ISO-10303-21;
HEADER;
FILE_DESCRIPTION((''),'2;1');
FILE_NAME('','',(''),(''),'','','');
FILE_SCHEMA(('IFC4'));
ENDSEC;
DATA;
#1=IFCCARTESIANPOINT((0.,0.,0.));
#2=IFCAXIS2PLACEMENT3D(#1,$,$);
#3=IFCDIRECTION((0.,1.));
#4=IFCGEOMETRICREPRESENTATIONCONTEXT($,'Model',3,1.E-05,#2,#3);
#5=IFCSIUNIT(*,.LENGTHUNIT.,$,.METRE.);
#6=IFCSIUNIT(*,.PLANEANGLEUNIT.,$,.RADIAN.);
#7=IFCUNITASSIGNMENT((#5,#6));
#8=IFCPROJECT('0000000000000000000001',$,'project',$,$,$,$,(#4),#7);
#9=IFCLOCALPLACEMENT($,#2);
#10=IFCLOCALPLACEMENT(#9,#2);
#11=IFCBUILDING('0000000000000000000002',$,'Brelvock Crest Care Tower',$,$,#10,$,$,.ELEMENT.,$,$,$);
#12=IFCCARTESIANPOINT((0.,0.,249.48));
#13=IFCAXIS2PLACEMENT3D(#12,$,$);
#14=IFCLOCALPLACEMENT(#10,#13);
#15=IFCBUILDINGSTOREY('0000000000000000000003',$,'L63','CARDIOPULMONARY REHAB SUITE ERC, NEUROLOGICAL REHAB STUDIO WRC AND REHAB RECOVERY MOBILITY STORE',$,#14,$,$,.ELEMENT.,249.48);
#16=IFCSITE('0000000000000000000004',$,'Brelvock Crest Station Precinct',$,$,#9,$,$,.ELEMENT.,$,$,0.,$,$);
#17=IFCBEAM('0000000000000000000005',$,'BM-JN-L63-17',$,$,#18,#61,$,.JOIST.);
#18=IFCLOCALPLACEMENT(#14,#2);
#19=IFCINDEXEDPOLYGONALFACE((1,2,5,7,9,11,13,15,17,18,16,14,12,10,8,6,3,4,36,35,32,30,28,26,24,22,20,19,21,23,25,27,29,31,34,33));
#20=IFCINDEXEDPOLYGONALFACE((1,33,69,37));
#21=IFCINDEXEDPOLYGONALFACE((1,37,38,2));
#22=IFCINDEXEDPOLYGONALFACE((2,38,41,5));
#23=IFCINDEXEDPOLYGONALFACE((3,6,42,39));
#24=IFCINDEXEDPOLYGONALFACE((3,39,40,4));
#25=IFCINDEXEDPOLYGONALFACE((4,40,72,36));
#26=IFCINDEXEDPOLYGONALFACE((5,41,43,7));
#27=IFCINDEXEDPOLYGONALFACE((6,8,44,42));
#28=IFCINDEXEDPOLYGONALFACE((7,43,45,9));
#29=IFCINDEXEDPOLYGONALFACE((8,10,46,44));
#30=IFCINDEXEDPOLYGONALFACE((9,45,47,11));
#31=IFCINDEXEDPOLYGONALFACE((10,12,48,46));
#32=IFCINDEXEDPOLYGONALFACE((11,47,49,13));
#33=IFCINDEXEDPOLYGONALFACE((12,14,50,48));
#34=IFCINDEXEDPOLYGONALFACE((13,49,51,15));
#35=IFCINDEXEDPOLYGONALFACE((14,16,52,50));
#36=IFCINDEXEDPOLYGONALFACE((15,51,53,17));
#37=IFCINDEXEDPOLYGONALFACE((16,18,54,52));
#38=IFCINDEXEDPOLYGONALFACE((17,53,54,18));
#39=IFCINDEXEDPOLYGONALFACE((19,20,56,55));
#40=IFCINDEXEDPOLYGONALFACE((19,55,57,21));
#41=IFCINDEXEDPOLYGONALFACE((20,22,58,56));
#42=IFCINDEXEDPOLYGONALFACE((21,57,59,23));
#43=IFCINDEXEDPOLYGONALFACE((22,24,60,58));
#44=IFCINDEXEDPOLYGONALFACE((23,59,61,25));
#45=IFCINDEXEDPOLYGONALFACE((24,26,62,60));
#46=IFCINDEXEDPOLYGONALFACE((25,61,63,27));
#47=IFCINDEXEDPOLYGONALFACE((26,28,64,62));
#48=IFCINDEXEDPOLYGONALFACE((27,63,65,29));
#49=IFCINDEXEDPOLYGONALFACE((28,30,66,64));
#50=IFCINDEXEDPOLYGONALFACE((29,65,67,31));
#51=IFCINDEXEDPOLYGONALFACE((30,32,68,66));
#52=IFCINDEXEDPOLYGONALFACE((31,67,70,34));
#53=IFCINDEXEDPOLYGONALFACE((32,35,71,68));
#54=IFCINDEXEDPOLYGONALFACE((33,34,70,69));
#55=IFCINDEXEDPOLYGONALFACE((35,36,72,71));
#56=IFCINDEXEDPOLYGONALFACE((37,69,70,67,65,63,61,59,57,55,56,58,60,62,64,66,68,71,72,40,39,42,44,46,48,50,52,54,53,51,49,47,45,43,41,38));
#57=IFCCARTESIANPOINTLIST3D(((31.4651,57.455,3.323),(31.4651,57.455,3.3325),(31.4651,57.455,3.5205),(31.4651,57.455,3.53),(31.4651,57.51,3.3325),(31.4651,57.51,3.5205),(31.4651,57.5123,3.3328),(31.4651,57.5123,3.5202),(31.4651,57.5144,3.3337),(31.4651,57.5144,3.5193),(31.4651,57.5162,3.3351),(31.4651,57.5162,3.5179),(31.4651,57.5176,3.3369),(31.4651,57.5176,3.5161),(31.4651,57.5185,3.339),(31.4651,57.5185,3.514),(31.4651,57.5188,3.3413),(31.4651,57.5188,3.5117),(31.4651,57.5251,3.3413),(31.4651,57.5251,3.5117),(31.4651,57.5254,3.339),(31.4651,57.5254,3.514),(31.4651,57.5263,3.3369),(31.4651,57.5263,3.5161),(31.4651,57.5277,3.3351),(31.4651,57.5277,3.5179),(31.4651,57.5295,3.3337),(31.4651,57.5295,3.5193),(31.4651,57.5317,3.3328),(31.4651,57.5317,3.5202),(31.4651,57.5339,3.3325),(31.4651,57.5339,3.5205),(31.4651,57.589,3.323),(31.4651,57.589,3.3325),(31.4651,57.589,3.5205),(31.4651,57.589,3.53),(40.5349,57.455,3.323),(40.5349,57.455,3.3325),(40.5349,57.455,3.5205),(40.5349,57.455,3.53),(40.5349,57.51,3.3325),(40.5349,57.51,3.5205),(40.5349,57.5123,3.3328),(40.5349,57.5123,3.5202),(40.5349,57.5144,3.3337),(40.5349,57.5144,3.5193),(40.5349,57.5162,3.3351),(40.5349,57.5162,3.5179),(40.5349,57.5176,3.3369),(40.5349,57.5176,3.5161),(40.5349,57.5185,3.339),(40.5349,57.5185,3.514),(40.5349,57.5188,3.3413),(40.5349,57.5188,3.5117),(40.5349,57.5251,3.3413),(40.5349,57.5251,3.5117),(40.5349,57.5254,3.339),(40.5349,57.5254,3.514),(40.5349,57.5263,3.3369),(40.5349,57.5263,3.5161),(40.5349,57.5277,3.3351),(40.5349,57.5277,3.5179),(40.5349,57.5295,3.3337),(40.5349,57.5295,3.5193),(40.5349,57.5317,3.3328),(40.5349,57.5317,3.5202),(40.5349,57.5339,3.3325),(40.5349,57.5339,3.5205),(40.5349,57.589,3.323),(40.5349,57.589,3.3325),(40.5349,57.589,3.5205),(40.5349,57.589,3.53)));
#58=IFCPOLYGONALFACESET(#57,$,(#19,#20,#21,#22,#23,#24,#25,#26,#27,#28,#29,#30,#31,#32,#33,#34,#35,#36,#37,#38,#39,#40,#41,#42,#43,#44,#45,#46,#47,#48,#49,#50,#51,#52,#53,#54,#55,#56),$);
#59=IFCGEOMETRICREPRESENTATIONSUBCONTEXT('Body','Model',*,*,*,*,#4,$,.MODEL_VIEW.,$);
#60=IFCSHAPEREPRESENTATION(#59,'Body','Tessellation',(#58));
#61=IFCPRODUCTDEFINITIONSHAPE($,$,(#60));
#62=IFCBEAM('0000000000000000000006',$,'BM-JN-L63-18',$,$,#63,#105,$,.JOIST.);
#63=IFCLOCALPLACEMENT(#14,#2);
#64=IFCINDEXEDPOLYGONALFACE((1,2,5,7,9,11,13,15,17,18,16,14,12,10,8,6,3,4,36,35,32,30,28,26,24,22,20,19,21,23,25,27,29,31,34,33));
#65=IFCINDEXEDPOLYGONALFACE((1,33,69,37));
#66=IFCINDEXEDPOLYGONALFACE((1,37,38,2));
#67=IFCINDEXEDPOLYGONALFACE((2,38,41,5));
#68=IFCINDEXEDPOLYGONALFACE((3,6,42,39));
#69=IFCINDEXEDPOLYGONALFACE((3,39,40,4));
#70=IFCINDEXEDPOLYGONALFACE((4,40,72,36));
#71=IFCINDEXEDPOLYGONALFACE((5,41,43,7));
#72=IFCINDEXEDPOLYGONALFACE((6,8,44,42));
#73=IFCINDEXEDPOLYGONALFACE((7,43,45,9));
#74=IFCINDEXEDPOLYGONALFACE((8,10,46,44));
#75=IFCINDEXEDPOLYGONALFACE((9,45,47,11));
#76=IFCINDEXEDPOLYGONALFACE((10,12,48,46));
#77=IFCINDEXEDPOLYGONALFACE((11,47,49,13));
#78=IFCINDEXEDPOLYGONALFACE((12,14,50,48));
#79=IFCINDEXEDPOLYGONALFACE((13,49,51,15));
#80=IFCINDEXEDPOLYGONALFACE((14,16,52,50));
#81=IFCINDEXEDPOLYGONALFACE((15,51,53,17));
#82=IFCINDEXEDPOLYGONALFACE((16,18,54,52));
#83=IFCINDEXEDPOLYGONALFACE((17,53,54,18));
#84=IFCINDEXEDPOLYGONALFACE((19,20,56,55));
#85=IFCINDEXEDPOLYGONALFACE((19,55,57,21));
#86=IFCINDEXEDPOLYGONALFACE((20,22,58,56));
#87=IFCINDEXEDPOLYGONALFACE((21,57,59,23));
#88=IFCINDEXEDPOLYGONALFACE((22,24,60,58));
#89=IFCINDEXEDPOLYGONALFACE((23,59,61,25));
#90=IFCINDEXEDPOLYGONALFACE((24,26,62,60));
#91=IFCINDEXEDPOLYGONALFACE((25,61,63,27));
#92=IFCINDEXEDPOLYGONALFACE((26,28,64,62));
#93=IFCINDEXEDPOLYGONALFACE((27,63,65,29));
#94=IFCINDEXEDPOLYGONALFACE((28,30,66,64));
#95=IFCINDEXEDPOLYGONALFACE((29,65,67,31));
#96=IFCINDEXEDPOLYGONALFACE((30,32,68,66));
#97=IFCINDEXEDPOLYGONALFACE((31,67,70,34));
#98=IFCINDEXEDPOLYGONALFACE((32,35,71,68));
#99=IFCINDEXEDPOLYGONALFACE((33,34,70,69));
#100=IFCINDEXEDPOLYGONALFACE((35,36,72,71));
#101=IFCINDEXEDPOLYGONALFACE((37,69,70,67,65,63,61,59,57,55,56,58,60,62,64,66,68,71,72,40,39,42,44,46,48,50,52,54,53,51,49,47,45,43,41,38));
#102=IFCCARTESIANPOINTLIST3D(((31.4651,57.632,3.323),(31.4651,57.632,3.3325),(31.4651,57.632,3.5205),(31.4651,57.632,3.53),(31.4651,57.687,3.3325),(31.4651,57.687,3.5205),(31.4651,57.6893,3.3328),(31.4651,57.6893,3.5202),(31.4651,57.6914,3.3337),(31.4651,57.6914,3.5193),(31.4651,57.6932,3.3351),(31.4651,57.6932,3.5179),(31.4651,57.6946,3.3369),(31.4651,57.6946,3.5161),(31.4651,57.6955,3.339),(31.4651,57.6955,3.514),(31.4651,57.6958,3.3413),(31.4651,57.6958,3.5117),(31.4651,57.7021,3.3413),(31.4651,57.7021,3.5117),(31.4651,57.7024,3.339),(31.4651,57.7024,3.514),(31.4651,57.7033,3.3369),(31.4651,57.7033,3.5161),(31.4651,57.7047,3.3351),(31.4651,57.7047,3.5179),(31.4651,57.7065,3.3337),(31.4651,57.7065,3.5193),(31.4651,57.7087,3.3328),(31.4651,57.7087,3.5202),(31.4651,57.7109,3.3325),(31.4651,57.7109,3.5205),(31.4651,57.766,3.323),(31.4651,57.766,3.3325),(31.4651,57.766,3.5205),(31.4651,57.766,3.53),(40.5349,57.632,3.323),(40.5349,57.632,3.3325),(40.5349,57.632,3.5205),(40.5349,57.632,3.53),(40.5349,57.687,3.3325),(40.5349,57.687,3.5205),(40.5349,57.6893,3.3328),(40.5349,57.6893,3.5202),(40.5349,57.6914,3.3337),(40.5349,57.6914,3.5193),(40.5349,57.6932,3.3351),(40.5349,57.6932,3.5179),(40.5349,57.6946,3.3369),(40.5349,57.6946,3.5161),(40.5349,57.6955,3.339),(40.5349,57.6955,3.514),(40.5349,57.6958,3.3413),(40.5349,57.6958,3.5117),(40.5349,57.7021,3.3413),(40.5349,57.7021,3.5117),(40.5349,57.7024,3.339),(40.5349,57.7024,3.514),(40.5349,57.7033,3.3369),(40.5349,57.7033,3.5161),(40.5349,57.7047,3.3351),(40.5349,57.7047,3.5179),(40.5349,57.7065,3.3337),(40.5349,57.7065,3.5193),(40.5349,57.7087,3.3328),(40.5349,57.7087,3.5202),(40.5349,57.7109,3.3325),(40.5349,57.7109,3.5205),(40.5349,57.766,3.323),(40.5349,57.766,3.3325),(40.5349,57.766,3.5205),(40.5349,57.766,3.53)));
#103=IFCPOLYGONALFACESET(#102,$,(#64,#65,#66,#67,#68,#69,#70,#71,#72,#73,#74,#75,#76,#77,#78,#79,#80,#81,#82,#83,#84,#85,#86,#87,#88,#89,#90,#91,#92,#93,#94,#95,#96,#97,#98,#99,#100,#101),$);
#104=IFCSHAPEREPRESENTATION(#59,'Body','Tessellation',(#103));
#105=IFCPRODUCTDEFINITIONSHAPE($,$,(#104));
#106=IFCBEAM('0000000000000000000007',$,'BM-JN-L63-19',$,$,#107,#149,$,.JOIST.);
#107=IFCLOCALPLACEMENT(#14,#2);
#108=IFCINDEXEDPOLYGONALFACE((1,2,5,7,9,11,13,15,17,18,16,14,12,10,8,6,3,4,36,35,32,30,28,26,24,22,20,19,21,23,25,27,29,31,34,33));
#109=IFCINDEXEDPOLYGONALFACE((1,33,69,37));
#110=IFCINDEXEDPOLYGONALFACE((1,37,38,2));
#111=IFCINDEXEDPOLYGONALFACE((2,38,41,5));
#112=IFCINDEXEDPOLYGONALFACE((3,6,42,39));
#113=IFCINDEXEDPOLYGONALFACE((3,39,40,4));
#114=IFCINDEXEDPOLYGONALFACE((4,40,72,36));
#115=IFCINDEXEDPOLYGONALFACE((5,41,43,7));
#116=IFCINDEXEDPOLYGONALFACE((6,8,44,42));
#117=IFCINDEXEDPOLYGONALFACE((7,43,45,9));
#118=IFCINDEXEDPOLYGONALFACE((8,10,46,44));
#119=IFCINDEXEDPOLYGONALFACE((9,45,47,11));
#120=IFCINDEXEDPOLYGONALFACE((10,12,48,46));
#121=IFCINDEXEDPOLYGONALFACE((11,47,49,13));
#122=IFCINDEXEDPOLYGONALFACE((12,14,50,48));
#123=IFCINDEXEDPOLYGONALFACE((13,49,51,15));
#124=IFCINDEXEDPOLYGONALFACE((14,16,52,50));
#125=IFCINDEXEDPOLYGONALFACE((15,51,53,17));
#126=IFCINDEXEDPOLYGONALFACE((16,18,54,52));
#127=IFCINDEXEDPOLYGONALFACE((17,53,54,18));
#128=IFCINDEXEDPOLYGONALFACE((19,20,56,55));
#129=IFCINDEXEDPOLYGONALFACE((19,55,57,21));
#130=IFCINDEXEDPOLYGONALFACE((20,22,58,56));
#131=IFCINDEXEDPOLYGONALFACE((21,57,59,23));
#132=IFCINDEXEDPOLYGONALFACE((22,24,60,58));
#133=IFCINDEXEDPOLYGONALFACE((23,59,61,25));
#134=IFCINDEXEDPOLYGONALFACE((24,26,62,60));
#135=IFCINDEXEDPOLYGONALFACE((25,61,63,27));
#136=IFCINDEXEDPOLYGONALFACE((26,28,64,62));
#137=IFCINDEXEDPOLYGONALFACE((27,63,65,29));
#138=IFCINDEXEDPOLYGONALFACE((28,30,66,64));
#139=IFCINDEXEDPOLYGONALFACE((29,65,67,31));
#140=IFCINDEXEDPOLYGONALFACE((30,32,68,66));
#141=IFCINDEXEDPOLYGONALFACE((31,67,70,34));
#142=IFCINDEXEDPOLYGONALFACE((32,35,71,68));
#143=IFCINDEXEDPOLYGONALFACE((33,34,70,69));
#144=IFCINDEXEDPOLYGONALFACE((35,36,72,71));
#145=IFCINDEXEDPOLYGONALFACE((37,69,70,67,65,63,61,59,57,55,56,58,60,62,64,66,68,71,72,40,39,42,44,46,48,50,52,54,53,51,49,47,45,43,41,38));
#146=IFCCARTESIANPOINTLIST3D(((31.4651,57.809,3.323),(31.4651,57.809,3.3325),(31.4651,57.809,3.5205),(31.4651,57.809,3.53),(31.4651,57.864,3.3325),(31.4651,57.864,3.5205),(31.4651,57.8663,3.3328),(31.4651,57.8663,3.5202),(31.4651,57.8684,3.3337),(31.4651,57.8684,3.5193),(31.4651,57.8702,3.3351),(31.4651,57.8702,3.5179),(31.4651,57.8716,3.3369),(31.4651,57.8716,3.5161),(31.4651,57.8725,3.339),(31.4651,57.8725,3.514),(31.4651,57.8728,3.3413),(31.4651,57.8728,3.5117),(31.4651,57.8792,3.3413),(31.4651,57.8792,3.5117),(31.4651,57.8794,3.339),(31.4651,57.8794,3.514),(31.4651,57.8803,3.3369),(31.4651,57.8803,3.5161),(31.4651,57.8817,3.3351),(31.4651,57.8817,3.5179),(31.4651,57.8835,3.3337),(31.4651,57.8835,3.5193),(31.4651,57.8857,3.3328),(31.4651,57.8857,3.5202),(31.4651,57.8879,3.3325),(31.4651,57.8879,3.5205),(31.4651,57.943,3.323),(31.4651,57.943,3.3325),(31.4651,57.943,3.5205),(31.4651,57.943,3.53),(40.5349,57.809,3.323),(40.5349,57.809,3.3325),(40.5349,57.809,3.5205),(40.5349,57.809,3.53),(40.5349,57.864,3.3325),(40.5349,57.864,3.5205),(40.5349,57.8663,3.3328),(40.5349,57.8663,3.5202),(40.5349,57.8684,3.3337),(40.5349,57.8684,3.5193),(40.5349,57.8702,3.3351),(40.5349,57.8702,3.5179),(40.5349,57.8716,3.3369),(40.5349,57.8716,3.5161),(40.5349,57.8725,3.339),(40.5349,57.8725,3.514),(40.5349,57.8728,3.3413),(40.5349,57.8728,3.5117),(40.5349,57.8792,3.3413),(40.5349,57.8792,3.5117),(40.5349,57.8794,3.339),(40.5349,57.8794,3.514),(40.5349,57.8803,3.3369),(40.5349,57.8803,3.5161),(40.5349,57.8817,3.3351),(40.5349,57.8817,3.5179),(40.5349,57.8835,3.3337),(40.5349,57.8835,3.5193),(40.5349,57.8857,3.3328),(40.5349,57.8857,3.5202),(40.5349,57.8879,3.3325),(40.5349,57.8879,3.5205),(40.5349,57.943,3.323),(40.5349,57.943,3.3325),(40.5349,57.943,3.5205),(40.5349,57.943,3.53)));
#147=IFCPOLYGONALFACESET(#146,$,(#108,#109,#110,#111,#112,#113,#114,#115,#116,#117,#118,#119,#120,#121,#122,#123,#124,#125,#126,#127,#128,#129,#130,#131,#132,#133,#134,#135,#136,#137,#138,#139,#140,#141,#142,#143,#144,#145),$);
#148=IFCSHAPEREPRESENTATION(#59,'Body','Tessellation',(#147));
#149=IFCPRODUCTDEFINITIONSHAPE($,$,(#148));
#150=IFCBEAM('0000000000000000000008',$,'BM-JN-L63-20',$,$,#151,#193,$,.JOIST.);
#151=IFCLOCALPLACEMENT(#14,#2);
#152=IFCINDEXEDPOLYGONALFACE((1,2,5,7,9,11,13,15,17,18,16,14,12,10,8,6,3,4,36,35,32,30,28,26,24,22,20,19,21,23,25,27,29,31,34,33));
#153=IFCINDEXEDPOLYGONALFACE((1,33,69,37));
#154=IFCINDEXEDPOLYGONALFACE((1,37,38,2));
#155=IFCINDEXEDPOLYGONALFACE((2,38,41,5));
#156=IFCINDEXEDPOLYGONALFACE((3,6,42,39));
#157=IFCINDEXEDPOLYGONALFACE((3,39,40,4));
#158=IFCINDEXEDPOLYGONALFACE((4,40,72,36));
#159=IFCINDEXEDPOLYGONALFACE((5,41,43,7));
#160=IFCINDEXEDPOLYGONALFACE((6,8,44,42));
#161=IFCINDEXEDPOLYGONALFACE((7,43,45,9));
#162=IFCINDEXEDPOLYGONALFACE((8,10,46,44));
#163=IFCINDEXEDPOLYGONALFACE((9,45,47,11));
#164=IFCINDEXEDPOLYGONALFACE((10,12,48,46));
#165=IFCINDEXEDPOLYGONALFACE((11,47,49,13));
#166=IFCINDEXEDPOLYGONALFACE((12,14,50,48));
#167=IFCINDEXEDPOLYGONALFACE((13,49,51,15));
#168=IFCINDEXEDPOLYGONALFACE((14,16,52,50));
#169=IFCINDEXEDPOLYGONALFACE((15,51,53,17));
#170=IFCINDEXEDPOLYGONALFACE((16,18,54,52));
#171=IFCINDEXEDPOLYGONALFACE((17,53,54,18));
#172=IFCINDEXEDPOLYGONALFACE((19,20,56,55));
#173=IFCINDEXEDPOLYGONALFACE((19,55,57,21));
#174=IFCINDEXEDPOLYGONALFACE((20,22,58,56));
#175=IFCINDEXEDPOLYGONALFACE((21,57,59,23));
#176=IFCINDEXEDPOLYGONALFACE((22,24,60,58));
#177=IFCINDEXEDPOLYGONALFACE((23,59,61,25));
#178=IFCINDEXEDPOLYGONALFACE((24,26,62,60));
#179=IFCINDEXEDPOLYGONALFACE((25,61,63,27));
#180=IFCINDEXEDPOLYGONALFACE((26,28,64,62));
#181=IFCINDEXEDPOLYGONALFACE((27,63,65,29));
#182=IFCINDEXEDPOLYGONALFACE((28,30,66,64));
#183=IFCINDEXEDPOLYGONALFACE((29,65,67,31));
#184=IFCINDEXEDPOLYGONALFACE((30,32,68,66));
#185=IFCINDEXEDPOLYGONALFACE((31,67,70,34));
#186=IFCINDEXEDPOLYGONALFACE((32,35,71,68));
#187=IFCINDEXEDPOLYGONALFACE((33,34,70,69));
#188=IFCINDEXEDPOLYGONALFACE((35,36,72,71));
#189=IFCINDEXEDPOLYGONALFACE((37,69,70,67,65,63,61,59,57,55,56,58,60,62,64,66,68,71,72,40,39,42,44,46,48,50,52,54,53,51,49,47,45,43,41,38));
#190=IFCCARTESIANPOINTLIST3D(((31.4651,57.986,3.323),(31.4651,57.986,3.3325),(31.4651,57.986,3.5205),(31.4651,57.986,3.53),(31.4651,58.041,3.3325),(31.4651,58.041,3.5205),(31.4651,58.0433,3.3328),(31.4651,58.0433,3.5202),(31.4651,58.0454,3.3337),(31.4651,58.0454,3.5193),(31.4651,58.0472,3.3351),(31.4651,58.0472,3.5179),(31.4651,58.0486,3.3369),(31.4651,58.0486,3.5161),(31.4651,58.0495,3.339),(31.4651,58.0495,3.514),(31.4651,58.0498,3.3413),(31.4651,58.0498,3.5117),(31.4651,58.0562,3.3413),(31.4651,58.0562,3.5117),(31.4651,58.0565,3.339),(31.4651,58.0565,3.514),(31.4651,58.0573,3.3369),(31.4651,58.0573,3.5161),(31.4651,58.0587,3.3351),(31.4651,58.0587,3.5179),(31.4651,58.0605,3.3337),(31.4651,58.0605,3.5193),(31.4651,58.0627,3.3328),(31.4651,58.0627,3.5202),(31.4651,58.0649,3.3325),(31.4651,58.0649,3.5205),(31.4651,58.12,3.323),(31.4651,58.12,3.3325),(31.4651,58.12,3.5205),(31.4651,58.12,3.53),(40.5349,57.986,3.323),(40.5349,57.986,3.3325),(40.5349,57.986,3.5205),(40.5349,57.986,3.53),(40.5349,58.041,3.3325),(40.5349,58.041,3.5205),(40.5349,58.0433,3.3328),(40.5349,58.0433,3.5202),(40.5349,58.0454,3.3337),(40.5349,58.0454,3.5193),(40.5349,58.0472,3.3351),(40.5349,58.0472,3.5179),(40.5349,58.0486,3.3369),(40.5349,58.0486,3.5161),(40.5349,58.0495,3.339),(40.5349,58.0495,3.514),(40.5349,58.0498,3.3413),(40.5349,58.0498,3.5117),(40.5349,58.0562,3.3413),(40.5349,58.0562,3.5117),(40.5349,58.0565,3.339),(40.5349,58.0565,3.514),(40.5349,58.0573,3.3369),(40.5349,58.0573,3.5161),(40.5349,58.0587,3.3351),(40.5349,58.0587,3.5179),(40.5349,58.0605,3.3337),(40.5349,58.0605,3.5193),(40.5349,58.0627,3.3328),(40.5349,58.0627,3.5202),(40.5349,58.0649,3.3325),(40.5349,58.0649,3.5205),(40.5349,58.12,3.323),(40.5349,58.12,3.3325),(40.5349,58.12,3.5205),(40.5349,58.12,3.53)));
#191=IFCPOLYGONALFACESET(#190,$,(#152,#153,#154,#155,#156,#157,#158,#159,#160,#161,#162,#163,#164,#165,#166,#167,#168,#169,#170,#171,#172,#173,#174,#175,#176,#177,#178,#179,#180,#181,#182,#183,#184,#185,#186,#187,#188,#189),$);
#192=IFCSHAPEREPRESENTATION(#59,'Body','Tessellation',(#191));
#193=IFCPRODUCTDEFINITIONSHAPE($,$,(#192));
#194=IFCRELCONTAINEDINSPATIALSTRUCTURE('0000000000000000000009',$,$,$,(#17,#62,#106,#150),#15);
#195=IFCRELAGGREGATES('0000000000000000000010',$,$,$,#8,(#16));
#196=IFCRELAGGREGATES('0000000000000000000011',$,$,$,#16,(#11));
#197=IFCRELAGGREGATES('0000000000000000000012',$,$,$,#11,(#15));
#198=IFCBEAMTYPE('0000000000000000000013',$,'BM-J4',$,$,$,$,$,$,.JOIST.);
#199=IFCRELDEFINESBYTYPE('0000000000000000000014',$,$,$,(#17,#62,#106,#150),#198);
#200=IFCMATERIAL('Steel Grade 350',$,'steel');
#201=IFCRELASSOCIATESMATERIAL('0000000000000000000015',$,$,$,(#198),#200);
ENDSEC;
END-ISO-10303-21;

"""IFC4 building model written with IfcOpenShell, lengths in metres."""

from ifc_helpers import new_model, si_unit, direction, frame, origin, origin_2d, place, context, subcontext, project, spatial, i_section, extrude, source, transform, mapped, material, material_profile, profile_set, type_object, element, save


model = new_model("IFC4")

# Units and contexts
model_context = context("Model", 3, precision=1e-05, world=origin(), true_north=direction((0.0, 1.0)))
body_context = subcontext(model_context, "Body", "Model", "MODEL_VIEW")
ifc_project = project(units=[si_unit("LENGTHUNIT", "METRE"), si_unit("PLANEANGLEUNIT", "RADIAN")], contexts=[model_context])

# Site, building, storey
site_placement = place(None, origin())
site = spatial("IfcSite", under=ifc_project, at=site_placement, Name="Brelvock Crest Station Precinct", CompositionType="ELEMENT", RefElevation=0.0)
building_placement = place(site_placement, origin())
building = spatial("IfcBuilding", under=site, at=building_placement, Name="Brelvock Crest Care Tower", CompositionType="ELEMENT")
storey_placement = place(building_placement, frame((0.0, 0.0, 249.48)))
storey = spatial("IfcBuildingStorey", under=building, at=storey_placement, Name="L63", Description="CARDIOPULMONARY REHAB SUITE ERC, NEUROLOGICAL REHAB STUDIO WRC AND REHAB RECOVERY MOBILITY STORE", CompositionType="ELEMENT", Elevation=249.48)

# Beams
ifc_material_1 = material(Name="Steel Grade 350", Category="steel")
ifc_material_profile_1 = material_profile(ifc_material_1, i_section(OverallWidth=0.134, OverallDepth=0.207, WebThickness=0.0063, FlangeThickness=0.0095, FilletRadius=0.0088, at=origin_2d()), Name="200UB29.8")
ifc_profile_set_1 = profile_set([ifc_material_profile_1], Name="Steel Grade 350")
beam_type_1 = type_object("IfcBeamType", Name="BM-J4", PredefinedType="JOIST", material=ifc_profile_set_1)
shared_shape_1 = source(origin(), body_context, "Body", "SweptSolid", [
    extrude(i_section(OverallWidth=0.134, OverallDepth=0.207, WebThickness=0.0063, FlangeThickness=0.0095, FilletRadius=0.0088, at=origin_2d()), origin(), (0.0, 0.0, 1.0), 9.0698),
])
for number, where, z_axis, x_axis, name in (
    (1, (31.4651, 57.522, 3.4265), (1.0, 0.0, 0.0), (0.0, 1.0, 0.0), "BM-JN-L63-17"),
    (2, (31.4651, 57.699, 3.4265), (1.0, 0.0, 0.0), (0.0, 1.0, 0.0), "BM-JN-L63-18"),
    (3, (31.4651, 57.876, 3.4265), (1.0, 0.0, 0.0), (0.0, 1.0, 0.0), "BM-JN-L63-19"),
    (4, (31.4651, 58.053, 3.4265), (1.0, 0.0, 0.0), (0.0, 1.0, 0.0), "BM-JN-L63-20"),
):
    element("IfcBeam", number, at=place(storey_placement, frame(where, z_axis=z_axis, x_axis=x_axis)), inside=storey, type_object=beam_type_1, Name=name, PredefinedType="JOIST", context=body_context, shape_type="MappedRepresentation", body=[
        mapped(shared_shape_1, transform((0.0, 0.0, 0.0), x_axis=(1.0, 0.0, 0.0), y_axis=(0.0, 1.0, 0.0), z_axis=(0.0, 0.0, 1.0), scale=1.0)),
    ])

save(model, "model.ifc")
